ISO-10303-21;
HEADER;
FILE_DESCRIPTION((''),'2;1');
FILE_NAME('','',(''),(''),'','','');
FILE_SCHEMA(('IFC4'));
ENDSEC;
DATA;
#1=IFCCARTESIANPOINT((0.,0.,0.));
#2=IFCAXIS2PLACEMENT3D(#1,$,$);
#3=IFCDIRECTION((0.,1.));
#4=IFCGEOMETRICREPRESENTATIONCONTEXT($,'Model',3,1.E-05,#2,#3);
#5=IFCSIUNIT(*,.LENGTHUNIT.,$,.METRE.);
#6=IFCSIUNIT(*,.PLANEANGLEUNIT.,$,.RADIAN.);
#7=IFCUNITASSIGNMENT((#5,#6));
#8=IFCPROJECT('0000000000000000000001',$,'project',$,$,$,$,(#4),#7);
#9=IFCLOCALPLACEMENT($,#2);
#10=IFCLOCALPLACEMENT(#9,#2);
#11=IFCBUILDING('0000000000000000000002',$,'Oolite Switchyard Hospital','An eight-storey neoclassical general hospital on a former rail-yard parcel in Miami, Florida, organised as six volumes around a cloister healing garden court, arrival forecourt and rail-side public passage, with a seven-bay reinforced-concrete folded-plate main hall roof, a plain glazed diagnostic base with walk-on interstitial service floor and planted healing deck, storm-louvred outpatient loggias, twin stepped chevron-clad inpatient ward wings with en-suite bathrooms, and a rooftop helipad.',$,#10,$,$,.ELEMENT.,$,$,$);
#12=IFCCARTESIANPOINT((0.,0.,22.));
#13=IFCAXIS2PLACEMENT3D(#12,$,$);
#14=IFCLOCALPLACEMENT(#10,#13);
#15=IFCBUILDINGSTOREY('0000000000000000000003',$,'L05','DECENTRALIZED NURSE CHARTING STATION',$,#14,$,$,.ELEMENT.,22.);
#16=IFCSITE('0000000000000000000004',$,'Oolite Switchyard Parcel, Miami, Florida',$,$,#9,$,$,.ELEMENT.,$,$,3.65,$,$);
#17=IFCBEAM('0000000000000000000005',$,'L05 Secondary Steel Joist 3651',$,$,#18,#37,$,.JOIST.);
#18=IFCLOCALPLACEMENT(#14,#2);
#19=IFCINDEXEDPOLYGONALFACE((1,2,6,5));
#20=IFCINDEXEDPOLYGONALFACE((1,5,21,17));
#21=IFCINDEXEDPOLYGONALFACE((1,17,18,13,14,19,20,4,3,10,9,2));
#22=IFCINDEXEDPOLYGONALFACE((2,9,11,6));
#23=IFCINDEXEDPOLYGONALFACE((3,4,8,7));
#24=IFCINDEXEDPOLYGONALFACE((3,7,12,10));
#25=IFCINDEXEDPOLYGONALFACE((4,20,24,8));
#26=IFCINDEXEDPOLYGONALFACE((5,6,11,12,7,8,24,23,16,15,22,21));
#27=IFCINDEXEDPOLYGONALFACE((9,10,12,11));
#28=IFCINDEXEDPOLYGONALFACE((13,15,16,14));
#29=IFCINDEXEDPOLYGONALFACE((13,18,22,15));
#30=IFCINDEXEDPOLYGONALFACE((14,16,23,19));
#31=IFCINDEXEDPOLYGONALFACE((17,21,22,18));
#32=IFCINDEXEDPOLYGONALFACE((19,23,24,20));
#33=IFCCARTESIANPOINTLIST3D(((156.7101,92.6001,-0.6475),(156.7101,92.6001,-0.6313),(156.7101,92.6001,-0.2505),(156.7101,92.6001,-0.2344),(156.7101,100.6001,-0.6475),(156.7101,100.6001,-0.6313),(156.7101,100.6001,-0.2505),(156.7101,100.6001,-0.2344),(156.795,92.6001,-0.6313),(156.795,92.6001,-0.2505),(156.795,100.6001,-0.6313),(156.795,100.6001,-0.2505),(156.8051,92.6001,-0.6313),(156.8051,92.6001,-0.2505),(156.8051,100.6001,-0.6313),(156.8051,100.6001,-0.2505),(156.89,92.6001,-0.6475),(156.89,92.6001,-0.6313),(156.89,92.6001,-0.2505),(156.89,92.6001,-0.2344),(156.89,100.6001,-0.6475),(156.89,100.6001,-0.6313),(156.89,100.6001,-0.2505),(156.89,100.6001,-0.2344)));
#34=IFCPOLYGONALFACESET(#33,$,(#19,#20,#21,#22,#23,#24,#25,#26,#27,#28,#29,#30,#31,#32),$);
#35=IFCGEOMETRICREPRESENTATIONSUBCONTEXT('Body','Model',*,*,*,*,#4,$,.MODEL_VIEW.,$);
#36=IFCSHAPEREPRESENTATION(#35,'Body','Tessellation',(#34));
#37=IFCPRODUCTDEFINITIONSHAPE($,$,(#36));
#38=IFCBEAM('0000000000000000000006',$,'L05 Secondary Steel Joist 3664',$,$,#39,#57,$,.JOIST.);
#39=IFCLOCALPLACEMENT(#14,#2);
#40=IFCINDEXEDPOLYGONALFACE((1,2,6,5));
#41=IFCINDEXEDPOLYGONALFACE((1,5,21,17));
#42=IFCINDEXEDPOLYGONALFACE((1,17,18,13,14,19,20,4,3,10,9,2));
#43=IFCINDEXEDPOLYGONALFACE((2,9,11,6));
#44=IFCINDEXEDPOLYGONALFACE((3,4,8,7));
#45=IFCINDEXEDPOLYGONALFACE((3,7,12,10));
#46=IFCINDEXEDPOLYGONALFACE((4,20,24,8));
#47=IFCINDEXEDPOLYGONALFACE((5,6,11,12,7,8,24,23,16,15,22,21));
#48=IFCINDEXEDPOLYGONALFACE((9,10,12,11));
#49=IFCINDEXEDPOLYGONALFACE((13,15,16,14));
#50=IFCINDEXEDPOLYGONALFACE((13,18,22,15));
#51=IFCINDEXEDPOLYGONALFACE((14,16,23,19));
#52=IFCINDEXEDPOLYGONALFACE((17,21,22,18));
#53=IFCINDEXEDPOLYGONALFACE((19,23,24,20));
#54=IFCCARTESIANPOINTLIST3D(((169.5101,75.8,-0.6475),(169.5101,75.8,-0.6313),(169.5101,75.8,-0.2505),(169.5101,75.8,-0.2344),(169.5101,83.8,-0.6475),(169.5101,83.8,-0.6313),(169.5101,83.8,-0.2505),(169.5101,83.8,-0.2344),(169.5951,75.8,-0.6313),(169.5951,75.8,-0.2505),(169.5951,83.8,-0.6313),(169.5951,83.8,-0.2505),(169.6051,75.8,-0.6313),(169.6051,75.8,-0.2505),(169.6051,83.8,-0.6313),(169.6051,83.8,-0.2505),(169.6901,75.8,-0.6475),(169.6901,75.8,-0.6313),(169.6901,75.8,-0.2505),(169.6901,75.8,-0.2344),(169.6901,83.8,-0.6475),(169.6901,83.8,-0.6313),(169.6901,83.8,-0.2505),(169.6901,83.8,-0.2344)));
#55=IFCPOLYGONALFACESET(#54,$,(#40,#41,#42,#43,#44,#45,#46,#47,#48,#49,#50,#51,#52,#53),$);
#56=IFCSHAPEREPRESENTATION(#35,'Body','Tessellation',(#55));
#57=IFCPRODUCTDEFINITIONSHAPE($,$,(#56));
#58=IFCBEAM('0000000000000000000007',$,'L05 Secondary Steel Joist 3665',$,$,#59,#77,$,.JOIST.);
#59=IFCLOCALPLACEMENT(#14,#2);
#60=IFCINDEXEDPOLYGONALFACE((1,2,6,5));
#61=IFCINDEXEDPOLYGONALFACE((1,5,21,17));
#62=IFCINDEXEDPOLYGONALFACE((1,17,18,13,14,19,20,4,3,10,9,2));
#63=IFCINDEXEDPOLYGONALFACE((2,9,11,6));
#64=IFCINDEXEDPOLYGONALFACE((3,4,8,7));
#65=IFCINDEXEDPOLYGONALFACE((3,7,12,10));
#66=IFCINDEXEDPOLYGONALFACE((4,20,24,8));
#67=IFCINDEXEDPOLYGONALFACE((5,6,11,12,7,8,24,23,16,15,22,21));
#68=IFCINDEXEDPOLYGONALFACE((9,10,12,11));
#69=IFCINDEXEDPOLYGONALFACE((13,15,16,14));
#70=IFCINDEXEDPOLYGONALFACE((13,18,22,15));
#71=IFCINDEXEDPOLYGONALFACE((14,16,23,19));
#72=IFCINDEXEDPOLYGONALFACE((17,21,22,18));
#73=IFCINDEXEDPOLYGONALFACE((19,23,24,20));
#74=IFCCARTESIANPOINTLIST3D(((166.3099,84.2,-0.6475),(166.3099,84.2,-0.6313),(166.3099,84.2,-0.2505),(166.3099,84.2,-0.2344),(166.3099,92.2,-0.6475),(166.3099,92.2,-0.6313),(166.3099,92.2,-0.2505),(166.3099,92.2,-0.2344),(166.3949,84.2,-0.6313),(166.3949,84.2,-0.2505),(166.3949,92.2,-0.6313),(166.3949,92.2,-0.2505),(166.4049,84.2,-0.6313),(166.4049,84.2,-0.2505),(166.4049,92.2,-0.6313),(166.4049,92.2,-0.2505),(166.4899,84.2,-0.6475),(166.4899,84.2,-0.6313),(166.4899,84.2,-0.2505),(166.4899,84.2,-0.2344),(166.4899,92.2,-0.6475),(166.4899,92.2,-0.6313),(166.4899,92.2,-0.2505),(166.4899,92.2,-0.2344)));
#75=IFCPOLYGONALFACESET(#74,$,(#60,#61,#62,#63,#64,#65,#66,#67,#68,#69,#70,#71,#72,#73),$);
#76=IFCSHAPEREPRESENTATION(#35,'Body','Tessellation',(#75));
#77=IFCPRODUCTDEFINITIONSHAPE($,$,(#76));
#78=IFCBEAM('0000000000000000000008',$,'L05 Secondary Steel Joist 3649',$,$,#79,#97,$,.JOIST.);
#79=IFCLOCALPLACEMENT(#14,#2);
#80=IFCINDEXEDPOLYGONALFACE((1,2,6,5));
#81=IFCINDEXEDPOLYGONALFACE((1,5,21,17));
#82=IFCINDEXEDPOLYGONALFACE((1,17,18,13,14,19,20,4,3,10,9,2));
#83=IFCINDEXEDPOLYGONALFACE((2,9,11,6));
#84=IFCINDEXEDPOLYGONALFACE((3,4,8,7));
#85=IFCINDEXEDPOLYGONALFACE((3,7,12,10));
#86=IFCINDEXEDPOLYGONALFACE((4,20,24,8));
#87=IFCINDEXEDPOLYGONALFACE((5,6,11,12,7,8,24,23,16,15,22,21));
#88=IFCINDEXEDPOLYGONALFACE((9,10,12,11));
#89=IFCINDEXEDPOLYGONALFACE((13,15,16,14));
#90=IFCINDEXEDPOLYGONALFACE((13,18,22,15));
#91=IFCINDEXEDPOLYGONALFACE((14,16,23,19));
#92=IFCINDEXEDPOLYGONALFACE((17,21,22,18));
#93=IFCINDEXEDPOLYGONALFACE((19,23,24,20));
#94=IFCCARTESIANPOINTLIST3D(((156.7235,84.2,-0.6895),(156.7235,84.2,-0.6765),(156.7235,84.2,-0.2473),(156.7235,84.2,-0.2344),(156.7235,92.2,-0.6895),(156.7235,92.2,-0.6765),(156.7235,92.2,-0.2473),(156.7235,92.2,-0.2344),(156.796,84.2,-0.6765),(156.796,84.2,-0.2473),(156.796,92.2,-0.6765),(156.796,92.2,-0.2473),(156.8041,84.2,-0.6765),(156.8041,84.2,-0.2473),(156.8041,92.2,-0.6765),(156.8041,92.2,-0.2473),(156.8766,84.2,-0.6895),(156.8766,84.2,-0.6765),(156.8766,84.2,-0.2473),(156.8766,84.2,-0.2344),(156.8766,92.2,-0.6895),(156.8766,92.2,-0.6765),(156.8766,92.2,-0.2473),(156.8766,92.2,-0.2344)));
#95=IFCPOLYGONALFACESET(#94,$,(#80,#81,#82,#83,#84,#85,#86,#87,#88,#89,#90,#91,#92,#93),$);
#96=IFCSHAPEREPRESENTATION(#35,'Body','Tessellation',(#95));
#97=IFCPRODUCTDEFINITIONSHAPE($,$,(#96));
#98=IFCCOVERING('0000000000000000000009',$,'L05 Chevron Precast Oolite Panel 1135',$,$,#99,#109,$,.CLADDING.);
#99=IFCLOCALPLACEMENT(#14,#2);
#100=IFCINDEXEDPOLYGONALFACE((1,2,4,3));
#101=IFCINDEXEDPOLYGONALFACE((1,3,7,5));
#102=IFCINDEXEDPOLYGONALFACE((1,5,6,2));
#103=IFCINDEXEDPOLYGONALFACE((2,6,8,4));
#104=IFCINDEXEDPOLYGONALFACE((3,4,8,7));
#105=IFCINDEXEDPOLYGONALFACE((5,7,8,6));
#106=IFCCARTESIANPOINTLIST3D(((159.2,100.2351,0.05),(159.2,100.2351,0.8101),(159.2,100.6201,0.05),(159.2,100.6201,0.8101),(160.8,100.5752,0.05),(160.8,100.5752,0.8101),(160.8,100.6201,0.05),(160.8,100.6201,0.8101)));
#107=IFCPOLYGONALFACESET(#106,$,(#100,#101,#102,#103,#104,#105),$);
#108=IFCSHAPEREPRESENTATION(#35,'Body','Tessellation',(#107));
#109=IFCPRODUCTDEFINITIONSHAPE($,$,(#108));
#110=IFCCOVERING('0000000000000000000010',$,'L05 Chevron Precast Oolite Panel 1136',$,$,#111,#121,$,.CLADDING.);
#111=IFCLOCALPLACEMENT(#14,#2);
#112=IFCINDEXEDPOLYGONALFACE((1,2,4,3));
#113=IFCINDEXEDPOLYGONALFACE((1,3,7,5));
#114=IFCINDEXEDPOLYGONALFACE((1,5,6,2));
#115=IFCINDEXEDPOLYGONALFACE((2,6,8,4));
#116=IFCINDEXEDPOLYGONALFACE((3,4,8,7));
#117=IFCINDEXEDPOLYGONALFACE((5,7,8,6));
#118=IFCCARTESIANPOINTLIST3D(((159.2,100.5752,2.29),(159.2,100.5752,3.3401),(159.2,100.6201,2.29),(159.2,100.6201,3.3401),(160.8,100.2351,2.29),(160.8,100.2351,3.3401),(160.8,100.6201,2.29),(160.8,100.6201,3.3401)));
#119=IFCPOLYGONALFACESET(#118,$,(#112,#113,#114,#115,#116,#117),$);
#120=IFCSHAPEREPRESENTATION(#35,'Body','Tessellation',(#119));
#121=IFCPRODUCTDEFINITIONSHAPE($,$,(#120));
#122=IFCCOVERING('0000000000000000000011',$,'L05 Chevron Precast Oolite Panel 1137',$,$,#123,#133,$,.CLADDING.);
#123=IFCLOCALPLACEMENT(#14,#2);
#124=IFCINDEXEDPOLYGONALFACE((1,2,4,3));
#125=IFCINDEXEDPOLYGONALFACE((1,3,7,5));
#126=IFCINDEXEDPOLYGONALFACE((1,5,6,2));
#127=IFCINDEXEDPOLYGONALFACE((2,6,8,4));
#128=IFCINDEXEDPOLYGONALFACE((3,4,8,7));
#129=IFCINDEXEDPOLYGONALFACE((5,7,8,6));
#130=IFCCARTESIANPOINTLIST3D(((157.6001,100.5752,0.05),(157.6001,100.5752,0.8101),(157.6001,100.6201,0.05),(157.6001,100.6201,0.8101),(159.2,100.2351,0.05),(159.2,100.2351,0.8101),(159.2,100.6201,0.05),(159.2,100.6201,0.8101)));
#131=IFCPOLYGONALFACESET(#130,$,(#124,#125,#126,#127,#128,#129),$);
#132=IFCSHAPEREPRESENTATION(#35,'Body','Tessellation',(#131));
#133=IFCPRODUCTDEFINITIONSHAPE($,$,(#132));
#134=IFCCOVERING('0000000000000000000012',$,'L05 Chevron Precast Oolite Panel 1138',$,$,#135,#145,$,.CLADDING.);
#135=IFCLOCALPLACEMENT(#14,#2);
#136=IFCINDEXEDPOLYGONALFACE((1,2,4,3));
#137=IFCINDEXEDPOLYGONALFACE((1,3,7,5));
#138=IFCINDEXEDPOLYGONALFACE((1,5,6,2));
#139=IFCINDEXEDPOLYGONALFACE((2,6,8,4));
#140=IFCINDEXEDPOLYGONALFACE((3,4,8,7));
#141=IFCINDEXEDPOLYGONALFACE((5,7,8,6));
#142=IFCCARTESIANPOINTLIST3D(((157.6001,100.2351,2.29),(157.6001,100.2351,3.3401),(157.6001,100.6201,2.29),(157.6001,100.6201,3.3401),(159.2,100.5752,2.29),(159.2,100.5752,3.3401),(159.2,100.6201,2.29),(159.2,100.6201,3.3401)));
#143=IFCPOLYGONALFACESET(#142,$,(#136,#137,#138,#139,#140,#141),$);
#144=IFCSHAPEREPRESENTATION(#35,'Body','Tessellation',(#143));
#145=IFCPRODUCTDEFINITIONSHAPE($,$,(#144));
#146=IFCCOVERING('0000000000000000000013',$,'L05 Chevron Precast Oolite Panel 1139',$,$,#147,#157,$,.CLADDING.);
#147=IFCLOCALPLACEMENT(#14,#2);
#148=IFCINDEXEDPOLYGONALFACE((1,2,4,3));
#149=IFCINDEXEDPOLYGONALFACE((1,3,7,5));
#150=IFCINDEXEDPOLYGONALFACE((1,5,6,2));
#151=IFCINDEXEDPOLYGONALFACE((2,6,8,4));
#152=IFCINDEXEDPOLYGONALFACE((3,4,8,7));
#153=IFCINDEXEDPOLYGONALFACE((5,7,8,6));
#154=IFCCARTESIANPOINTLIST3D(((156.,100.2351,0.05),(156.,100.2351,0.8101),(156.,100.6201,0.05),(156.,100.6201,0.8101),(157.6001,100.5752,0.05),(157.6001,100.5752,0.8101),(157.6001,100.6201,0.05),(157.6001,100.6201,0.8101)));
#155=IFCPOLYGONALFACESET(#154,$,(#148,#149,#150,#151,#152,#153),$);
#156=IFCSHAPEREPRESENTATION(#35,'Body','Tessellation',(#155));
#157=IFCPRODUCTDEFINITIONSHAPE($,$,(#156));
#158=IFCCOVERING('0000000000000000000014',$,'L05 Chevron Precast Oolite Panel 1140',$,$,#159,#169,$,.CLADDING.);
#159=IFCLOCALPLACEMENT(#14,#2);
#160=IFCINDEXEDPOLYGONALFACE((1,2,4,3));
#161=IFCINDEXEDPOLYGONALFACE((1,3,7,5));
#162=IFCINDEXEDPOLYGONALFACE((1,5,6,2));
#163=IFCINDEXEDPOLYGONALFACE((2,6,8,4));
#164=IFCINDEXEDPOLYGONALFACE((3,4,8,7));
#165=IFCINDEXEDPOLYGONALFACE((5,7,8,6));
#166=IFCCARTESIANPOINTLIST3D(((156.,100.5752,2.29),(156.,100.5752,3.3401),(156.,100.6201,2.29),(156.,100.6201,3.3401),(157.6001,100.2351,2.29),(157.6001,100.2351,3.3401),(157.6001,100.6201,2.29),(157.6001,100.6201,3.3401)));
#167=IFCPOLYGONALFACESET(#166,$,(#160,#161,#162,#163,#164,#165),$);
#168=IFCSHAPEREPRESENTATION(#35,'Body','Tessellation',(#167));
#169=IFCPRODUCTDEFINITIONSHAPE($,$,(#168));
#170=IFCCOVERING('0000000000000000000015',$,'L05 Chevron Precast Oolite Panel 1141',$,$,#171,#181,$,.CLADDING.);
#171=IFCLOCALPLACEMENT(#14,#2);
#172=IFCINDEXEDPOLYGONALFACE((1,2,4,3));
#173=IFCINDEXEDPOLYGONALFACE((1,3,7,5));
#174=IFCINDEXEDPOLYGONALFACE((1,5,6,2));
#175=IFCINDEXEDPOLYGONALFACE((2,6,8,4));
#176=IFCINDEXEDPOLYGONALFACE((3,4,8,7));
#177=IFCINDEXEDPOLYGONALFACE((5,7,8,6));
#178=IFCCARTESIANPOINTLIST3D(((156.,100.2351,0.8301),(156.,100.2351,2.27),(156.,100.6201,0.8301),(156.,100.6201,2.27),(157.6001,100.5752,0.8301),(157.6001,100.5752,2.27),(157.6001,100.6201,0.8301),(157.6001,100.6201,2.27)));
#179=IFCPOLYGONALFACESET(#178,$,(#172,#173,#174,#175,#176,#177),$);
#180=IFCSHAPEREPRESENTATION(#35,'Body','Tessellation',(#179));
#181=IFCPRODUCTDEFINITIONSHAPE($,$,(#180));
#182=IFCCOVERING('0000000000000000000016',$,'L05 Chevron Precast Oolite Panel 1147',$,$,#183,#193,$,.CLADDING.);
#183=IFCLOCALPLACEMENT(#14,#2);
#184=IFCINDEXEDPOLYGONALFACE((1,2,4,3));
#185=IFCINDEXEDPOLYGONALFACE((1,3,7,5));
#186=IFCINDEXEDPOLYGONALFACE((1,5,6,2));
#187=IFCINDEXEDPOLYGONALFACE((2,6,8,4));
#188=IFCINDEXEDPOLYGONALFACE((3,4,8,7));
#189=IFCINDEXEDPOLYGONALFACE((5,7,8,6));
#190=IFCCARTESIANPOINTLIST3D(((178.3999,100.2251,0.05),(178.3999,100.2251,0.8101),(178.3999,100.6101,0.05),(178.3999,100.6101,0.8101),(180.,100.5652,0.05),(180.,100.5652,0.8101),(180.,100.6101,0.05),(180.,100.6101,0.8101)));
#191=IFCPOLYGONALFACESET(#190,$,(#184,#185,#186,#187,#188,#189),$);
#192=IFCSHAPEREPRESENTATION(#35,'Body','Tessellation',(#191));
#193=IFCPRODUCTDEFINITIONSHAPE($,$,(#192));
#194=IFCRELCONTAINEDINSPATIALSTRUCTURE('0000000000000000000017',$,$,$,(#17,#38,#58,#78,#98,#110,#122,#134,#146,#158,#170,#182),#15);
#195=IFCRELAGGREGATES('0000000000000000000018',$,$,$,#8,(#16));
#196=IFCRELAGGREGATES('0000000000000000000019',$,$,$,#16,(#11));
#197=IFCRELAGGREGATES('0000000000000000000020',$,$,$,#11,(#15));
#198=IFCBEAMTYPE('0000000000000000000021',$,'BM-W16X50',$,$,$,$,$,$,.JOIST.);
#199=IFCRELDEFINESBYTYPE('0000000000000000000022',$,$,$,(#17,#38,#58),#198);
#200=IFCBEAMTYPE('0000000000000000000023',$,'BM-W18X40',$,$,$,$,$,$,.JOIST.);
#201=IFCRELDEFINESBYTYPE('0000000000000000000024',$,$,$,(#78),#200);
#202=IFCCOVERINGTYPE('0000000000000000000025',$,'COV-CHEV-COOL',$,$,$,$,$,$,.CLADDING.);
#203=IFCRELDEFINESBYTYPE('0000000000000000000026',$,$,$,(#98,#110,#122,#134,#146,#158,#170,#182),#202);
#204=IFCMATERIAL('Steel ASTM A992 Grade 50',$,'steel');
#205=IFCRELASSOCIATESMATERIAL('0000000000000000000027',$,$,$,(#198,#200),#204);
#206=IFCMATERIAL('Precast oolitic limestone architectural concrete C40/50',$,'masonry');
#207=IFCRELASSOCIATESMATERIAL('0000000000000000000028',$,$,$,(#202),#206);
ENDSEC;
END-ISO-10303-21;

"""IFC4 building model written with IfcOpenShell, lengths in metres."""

from ifc_helpers import new_model, si_unit, direction, frame, origin, origin_2d, place, context, subcontext, project, spatial, polyline, i_section, outline, extrude, material, material_profile, profile_set, type_object, element, save


model = new_model("IFC4")

# Units and contexts
model_context = context("Model", 3, precision=1e-05, world=origin(), true_north=direction((0.0, 1.0)))
body_context = subcontext(model_context, "Body", "Model", "MODEL_VIEW")
ifc_project = project(units=[si_unit("LENGTHUNIT", "METRE"), si_unit("PLANEANGLEUNIT", "RADIAN")], contexts=[model_context])

# Site, building, storey
site_placement = place(None, origin())
site = spatial("IfcSite", under=ifc_project, at=site_placement, Name="Oolite Switchyard Parcel, Miami, Florida", CompositionType="ELEMENT", RefElevation=3.65)
building_placement = place(site_placement, origin())
building = spatial("IfcBuilding", under=site, at=building_placement, Name="Oolite Switchyard Hospital", Description="An eight-storey neoclassical general hospital on a former rail-yard parcel in Miami, Florida, organised as six volumes around a cloister healing garden court, arrival forecourt and rail-side public passage, with a seven-bay reinforced-concrete folded-plate main hall roof, a plain glazed diagnostic base with walk-on interstitial service floor and planted healing deck, storm-louvred outpatient loggias, twin stepped chevron-clad inpatient ward wings with en-suite bathrooms, and a rooftop helipad.", CompositionType="ELEMENT")
storey_placement = place(building_placement, frame((0.0, 0.0, 22.0)))
storey = spatial("IfcBuildingStorey", under=building, at=storey_placement, Name="L05", Description="DECENTRALIZED NURSE CHARTING STATION", CompositionType="ELEMENT", Elevation=22.0)

# Beams
ifc_material_1 = material(Name="Steel ASTM A992 Grade 50", Category="steel")
ifc_material_profile_1 = material_profile(ifc_material_1, i_section(OverallWidth=0.1799, OverallDepth=0.4131, WebThickness=0.01, FlangeThickness=0.0161, at=origin_2d()), Name="W16X50")
ifc_profile_set_1 = profile_set([ifc_material_profile_1], Name="Steel ASTM A992 Grade 50")
beam_type_1 = type_object("IfcBeamType", Name="BM-W16X50", PredefinedType="JOIST", material=ifc_profile_set_1)
for number, where, z_axis, x_axis, name in (
    (1, (156.8, 92.6001, -0.4409), (0.0, 1.0, 0.0), (-1.0, 0.0, 0.0), "L05 Secondary Steel Joist 3651"),
    (2, (169.6001, 75.8, -0.4409), (0.0, 1.0, 0.0), (-1.0, 0.0, 0.0), "L05 Secondary Steel Joist 3664"),
    (3, (166.3999, 84.2, -0.4409), (0.0, 1.0, 0.0), (-1.0, 0.0, 0.0), "L05 Secondary Steel Joist 3665"),
):
    element("IfcBeam", number, at=place(storey_placement, frame(where, z_axis=z_axis, x_axis=x_axis)), inside=storey, type_object=beam_type_1, Name=name, PredefinedType="JOIST", context=body_context, shape_type="SweptSolid", body=[
        extrude(i_section(OverallWidth=0.1799, OverallDepth=0.4131, WebThickness=0.01, FlangeThickness=0.0161, at=origin_2d()), origin(), (0.0, 0.0, 1.0), 8.0),
    ])
ifc_material_profile_2 = material_profile(ifc_material_1, i_section(OverallWidth=0.1531, OverallDepth=0.4551, WebThickness=0.0081, FlangeThickness=0.0129, at=origin_2d()), Name="W18X40")
ifc_profile_set_2 = profile_set([ifc_material_profile_2], Name="Steel ASTM A992 Grade 50")
beam_type_2 = type_object("IfcBeamType", Name="BM-W18X40", PredefinedType="JOIST", material=ifc_profile_set_2)
beam_1_placement = place(storey_placement, frame((156.8, 84.2, -0.4619), z_axis=(0.0, 1.0, 0.0), x_axis=(-1.0, 0.0, 0.0)))
element("IfcBeam", 4, at=beam_1_placement, inside=storey, type_object=beam_type_2, Name="L05 Secondary Steel Joist 3649", PredefinedType="JOIST", context=body_context, shape_type="SweptSolid", body=[
    extrude(i_section(OverallWidth=0.1531, OverallDepth=0.4551, WebThickness=0.0081, FlangeThickness=0.0129, at=origin_2d()), origin(), (0.0, 0.0, 1.0), 8.0),
])

# Coverings
ifc_material_2 = material(Name="Precast oolitic limestone architectural concrete C40/50", Category="masonry")
covering_type = type_object("IfcCoveringType", Name="COV-CHEV-COOL", PredefinedType="CLADDING", material=ifc_material_2)
covering_1_placement = place(storey_placement, frame((160.8, 100.6201, 0.05), z_axis=(0.0, 0.0, 1.0), x_axis=(-1.0, 0.0, 0.0)))
element("IfcCovering", 5, at=covering_1_placement, inside=storey, type_object=covering_type, Name="L05 Chevron Precast Oolite Panel 1135", PredefinedType="CLADDING", context=body_context, shape_type="SweptSolid", body=[
    extrude(outline(polyline([(0.0, 0.0), (1.6001, 0.0), (1.6001, 0.385), (0.0, 0.0449), (0.0, 0.0)])), origin(), (0.0, 0.0, 1.0), 0.76),
])
covering_2_placement = place(storey_placement, frame((160.8, 100.6201, 2.29), z_axis=(0.0, 0.0, 1.0), x_axis=(-1.0, 0.0, 0.0)))
element("IfcCovering", 6, at=covering_2_placement, inside=storey, type_object=covering_type, Name="L05 Chevron Precast Oolite Panel 1136", PredefinedType="CLADDING", context=body_context, shape_type="SweptSolid", body=[
    extrude(outline(polyline([(0.0, 0.0), (1.6001, 0.0), (1.6001, 0.0449), (0.0, 0.385), (0.0, 0.0)])), origin(), (0.0, 0.0, 1.0), 1.05),
])
covering_3_placement = place(storey_placement, frame((159.2, 100.6201, 0.05), z_axis=(0.0, 0.0, 1.0), x_axis=(-1.0, 0.0, 0.0)))
element("IfcCovering", 7, at=covering_3_placement, inside=storey, type_object=covering_type, Name="L05 Chevron Precast Oolite Panel 1137", PredefinedType="CLADDING", context=body_context, shape_type="SweptSolid", body=[
    extrude(outline(polyline([(0.0, 0.0), (1.5999, 0.0), (1.5999, 0.0449), (0.0, 0.385), (0.0, 0.0)])), origin(), (0.0, 0.0, 1.0), 0.76),
])
covering_4_placement = place(storey_placement, frame((159.2, 100.6201, 2.29), z_axis=(0.0, 0.0, 1.0), x_axis=(-1.0, 0.0, 0.0)))
element("IfcCovering", 8, at=covering_4_placement, inside=storey, type_object=covering_type, Name="L05 Chevron Precast Oolite Panel 1138", PredefinedType="CLADDING", context=body_context, shape_type="SweptSolid", body=[
    extrude(outline(polyline([(0.0, 0.0), (1.5999, 0.0), (1.5999, 0.385), (0.0, 0.0449), (0.0, 0.0)])), origin(), (0.0, 0.0, 1.0), 1.05),
])
covering_5_placement = place(storey_placement, frame((157.6001, 100.6201, 0.05), z_axis=(0.0, 0.0, 1.0), x_axis=(-1.0, 0.0, 0.0)))
element("IfcCovering", 9, at=covering_5_placement, inside=storey, type_object=covering_type, Name="L05 Chevron Precast Oolite Panel 1139", PredefinedType="CLADDING", context=body_context, shape_type="SweptSolid", body=[
    extrude(outline(polyline([(0.0, 0.0), (1.6001, 0.0), (1.6001, 0.385), (0.0, 0.0449), (0.0, 0.0)])), origin(), (0.0, 0.0, 1.0), 0.76),
])
covering_6_placement = place(storey_placement, frame((157.6001, 100.6201, 2.29), z_axis=(0.0, 0.0, 1.0), x_axis=(-1.0, 0.0, 0.0)))
element("IfcCovering", 10, at=covering_6_placement, inside=storey, type_object=covering_type, Name="L05 Chevron Precast Oolite Panel 1140", PredefinedType="CLADDING", context=body_context, shape_type="SweptSolid", body=[
    extrude(outline(polyline([(0.0, 0.0), (1.6001, 0.0), (1.6001, 0.0449), (0.0, 0.385), (0.0, 0.0)])), origin(), (0.0, 0.0, 1.0), 1.05),
])
covering_7_placement = place(storey_placement, frame((157.6001, 100.6201, 0.8301), z_axis=(0.0, 0.0, 1.0), x_axis=(-1.0, 0.0, 0.0)))
element("IfcCovering", 11, at=covering_7_placement, inside=storey, type_object=covering_type, Name="L05 Chevron Precast Oolite Panel 1141", PredefinedType="CLADDING", context=body_context, shape_type="SweptSolid", body=[
    extrude(outline(polyline([(0.0, 0.0), (1.6001, 0.0), (1.6001, 0.385), (0.0, 0.0449), (0.0, 0.0)])), origin(), (0.0, 0.0, 1.0), 1.4399),
])
covering_8_placement = place(storey_placement, frame((180.0, 100.6101, 0.05), z_axis=(0.0, 0.0, 1.0), x_axis=(-1.0, 0.0, 0.0)))
element("IfcCovering", 12, at=covering_8_placement, inside=storey, type_object=covering_type, Name="L05 Chevron Precast Oolite Panel 1147", PredefinedType="CLADDING", context=body_context, shape_type="SweptSolid", body=[
    extrude(outline(polyline([(0.0, 0.0), (1.6001, 0.0), (1.6001, 0.385), (0.0, 0.0449), (0.0, 0.0)])), origin(), (0.0, 0.0, 1.0), 0.76),
])

save(model, "model.ifc")
